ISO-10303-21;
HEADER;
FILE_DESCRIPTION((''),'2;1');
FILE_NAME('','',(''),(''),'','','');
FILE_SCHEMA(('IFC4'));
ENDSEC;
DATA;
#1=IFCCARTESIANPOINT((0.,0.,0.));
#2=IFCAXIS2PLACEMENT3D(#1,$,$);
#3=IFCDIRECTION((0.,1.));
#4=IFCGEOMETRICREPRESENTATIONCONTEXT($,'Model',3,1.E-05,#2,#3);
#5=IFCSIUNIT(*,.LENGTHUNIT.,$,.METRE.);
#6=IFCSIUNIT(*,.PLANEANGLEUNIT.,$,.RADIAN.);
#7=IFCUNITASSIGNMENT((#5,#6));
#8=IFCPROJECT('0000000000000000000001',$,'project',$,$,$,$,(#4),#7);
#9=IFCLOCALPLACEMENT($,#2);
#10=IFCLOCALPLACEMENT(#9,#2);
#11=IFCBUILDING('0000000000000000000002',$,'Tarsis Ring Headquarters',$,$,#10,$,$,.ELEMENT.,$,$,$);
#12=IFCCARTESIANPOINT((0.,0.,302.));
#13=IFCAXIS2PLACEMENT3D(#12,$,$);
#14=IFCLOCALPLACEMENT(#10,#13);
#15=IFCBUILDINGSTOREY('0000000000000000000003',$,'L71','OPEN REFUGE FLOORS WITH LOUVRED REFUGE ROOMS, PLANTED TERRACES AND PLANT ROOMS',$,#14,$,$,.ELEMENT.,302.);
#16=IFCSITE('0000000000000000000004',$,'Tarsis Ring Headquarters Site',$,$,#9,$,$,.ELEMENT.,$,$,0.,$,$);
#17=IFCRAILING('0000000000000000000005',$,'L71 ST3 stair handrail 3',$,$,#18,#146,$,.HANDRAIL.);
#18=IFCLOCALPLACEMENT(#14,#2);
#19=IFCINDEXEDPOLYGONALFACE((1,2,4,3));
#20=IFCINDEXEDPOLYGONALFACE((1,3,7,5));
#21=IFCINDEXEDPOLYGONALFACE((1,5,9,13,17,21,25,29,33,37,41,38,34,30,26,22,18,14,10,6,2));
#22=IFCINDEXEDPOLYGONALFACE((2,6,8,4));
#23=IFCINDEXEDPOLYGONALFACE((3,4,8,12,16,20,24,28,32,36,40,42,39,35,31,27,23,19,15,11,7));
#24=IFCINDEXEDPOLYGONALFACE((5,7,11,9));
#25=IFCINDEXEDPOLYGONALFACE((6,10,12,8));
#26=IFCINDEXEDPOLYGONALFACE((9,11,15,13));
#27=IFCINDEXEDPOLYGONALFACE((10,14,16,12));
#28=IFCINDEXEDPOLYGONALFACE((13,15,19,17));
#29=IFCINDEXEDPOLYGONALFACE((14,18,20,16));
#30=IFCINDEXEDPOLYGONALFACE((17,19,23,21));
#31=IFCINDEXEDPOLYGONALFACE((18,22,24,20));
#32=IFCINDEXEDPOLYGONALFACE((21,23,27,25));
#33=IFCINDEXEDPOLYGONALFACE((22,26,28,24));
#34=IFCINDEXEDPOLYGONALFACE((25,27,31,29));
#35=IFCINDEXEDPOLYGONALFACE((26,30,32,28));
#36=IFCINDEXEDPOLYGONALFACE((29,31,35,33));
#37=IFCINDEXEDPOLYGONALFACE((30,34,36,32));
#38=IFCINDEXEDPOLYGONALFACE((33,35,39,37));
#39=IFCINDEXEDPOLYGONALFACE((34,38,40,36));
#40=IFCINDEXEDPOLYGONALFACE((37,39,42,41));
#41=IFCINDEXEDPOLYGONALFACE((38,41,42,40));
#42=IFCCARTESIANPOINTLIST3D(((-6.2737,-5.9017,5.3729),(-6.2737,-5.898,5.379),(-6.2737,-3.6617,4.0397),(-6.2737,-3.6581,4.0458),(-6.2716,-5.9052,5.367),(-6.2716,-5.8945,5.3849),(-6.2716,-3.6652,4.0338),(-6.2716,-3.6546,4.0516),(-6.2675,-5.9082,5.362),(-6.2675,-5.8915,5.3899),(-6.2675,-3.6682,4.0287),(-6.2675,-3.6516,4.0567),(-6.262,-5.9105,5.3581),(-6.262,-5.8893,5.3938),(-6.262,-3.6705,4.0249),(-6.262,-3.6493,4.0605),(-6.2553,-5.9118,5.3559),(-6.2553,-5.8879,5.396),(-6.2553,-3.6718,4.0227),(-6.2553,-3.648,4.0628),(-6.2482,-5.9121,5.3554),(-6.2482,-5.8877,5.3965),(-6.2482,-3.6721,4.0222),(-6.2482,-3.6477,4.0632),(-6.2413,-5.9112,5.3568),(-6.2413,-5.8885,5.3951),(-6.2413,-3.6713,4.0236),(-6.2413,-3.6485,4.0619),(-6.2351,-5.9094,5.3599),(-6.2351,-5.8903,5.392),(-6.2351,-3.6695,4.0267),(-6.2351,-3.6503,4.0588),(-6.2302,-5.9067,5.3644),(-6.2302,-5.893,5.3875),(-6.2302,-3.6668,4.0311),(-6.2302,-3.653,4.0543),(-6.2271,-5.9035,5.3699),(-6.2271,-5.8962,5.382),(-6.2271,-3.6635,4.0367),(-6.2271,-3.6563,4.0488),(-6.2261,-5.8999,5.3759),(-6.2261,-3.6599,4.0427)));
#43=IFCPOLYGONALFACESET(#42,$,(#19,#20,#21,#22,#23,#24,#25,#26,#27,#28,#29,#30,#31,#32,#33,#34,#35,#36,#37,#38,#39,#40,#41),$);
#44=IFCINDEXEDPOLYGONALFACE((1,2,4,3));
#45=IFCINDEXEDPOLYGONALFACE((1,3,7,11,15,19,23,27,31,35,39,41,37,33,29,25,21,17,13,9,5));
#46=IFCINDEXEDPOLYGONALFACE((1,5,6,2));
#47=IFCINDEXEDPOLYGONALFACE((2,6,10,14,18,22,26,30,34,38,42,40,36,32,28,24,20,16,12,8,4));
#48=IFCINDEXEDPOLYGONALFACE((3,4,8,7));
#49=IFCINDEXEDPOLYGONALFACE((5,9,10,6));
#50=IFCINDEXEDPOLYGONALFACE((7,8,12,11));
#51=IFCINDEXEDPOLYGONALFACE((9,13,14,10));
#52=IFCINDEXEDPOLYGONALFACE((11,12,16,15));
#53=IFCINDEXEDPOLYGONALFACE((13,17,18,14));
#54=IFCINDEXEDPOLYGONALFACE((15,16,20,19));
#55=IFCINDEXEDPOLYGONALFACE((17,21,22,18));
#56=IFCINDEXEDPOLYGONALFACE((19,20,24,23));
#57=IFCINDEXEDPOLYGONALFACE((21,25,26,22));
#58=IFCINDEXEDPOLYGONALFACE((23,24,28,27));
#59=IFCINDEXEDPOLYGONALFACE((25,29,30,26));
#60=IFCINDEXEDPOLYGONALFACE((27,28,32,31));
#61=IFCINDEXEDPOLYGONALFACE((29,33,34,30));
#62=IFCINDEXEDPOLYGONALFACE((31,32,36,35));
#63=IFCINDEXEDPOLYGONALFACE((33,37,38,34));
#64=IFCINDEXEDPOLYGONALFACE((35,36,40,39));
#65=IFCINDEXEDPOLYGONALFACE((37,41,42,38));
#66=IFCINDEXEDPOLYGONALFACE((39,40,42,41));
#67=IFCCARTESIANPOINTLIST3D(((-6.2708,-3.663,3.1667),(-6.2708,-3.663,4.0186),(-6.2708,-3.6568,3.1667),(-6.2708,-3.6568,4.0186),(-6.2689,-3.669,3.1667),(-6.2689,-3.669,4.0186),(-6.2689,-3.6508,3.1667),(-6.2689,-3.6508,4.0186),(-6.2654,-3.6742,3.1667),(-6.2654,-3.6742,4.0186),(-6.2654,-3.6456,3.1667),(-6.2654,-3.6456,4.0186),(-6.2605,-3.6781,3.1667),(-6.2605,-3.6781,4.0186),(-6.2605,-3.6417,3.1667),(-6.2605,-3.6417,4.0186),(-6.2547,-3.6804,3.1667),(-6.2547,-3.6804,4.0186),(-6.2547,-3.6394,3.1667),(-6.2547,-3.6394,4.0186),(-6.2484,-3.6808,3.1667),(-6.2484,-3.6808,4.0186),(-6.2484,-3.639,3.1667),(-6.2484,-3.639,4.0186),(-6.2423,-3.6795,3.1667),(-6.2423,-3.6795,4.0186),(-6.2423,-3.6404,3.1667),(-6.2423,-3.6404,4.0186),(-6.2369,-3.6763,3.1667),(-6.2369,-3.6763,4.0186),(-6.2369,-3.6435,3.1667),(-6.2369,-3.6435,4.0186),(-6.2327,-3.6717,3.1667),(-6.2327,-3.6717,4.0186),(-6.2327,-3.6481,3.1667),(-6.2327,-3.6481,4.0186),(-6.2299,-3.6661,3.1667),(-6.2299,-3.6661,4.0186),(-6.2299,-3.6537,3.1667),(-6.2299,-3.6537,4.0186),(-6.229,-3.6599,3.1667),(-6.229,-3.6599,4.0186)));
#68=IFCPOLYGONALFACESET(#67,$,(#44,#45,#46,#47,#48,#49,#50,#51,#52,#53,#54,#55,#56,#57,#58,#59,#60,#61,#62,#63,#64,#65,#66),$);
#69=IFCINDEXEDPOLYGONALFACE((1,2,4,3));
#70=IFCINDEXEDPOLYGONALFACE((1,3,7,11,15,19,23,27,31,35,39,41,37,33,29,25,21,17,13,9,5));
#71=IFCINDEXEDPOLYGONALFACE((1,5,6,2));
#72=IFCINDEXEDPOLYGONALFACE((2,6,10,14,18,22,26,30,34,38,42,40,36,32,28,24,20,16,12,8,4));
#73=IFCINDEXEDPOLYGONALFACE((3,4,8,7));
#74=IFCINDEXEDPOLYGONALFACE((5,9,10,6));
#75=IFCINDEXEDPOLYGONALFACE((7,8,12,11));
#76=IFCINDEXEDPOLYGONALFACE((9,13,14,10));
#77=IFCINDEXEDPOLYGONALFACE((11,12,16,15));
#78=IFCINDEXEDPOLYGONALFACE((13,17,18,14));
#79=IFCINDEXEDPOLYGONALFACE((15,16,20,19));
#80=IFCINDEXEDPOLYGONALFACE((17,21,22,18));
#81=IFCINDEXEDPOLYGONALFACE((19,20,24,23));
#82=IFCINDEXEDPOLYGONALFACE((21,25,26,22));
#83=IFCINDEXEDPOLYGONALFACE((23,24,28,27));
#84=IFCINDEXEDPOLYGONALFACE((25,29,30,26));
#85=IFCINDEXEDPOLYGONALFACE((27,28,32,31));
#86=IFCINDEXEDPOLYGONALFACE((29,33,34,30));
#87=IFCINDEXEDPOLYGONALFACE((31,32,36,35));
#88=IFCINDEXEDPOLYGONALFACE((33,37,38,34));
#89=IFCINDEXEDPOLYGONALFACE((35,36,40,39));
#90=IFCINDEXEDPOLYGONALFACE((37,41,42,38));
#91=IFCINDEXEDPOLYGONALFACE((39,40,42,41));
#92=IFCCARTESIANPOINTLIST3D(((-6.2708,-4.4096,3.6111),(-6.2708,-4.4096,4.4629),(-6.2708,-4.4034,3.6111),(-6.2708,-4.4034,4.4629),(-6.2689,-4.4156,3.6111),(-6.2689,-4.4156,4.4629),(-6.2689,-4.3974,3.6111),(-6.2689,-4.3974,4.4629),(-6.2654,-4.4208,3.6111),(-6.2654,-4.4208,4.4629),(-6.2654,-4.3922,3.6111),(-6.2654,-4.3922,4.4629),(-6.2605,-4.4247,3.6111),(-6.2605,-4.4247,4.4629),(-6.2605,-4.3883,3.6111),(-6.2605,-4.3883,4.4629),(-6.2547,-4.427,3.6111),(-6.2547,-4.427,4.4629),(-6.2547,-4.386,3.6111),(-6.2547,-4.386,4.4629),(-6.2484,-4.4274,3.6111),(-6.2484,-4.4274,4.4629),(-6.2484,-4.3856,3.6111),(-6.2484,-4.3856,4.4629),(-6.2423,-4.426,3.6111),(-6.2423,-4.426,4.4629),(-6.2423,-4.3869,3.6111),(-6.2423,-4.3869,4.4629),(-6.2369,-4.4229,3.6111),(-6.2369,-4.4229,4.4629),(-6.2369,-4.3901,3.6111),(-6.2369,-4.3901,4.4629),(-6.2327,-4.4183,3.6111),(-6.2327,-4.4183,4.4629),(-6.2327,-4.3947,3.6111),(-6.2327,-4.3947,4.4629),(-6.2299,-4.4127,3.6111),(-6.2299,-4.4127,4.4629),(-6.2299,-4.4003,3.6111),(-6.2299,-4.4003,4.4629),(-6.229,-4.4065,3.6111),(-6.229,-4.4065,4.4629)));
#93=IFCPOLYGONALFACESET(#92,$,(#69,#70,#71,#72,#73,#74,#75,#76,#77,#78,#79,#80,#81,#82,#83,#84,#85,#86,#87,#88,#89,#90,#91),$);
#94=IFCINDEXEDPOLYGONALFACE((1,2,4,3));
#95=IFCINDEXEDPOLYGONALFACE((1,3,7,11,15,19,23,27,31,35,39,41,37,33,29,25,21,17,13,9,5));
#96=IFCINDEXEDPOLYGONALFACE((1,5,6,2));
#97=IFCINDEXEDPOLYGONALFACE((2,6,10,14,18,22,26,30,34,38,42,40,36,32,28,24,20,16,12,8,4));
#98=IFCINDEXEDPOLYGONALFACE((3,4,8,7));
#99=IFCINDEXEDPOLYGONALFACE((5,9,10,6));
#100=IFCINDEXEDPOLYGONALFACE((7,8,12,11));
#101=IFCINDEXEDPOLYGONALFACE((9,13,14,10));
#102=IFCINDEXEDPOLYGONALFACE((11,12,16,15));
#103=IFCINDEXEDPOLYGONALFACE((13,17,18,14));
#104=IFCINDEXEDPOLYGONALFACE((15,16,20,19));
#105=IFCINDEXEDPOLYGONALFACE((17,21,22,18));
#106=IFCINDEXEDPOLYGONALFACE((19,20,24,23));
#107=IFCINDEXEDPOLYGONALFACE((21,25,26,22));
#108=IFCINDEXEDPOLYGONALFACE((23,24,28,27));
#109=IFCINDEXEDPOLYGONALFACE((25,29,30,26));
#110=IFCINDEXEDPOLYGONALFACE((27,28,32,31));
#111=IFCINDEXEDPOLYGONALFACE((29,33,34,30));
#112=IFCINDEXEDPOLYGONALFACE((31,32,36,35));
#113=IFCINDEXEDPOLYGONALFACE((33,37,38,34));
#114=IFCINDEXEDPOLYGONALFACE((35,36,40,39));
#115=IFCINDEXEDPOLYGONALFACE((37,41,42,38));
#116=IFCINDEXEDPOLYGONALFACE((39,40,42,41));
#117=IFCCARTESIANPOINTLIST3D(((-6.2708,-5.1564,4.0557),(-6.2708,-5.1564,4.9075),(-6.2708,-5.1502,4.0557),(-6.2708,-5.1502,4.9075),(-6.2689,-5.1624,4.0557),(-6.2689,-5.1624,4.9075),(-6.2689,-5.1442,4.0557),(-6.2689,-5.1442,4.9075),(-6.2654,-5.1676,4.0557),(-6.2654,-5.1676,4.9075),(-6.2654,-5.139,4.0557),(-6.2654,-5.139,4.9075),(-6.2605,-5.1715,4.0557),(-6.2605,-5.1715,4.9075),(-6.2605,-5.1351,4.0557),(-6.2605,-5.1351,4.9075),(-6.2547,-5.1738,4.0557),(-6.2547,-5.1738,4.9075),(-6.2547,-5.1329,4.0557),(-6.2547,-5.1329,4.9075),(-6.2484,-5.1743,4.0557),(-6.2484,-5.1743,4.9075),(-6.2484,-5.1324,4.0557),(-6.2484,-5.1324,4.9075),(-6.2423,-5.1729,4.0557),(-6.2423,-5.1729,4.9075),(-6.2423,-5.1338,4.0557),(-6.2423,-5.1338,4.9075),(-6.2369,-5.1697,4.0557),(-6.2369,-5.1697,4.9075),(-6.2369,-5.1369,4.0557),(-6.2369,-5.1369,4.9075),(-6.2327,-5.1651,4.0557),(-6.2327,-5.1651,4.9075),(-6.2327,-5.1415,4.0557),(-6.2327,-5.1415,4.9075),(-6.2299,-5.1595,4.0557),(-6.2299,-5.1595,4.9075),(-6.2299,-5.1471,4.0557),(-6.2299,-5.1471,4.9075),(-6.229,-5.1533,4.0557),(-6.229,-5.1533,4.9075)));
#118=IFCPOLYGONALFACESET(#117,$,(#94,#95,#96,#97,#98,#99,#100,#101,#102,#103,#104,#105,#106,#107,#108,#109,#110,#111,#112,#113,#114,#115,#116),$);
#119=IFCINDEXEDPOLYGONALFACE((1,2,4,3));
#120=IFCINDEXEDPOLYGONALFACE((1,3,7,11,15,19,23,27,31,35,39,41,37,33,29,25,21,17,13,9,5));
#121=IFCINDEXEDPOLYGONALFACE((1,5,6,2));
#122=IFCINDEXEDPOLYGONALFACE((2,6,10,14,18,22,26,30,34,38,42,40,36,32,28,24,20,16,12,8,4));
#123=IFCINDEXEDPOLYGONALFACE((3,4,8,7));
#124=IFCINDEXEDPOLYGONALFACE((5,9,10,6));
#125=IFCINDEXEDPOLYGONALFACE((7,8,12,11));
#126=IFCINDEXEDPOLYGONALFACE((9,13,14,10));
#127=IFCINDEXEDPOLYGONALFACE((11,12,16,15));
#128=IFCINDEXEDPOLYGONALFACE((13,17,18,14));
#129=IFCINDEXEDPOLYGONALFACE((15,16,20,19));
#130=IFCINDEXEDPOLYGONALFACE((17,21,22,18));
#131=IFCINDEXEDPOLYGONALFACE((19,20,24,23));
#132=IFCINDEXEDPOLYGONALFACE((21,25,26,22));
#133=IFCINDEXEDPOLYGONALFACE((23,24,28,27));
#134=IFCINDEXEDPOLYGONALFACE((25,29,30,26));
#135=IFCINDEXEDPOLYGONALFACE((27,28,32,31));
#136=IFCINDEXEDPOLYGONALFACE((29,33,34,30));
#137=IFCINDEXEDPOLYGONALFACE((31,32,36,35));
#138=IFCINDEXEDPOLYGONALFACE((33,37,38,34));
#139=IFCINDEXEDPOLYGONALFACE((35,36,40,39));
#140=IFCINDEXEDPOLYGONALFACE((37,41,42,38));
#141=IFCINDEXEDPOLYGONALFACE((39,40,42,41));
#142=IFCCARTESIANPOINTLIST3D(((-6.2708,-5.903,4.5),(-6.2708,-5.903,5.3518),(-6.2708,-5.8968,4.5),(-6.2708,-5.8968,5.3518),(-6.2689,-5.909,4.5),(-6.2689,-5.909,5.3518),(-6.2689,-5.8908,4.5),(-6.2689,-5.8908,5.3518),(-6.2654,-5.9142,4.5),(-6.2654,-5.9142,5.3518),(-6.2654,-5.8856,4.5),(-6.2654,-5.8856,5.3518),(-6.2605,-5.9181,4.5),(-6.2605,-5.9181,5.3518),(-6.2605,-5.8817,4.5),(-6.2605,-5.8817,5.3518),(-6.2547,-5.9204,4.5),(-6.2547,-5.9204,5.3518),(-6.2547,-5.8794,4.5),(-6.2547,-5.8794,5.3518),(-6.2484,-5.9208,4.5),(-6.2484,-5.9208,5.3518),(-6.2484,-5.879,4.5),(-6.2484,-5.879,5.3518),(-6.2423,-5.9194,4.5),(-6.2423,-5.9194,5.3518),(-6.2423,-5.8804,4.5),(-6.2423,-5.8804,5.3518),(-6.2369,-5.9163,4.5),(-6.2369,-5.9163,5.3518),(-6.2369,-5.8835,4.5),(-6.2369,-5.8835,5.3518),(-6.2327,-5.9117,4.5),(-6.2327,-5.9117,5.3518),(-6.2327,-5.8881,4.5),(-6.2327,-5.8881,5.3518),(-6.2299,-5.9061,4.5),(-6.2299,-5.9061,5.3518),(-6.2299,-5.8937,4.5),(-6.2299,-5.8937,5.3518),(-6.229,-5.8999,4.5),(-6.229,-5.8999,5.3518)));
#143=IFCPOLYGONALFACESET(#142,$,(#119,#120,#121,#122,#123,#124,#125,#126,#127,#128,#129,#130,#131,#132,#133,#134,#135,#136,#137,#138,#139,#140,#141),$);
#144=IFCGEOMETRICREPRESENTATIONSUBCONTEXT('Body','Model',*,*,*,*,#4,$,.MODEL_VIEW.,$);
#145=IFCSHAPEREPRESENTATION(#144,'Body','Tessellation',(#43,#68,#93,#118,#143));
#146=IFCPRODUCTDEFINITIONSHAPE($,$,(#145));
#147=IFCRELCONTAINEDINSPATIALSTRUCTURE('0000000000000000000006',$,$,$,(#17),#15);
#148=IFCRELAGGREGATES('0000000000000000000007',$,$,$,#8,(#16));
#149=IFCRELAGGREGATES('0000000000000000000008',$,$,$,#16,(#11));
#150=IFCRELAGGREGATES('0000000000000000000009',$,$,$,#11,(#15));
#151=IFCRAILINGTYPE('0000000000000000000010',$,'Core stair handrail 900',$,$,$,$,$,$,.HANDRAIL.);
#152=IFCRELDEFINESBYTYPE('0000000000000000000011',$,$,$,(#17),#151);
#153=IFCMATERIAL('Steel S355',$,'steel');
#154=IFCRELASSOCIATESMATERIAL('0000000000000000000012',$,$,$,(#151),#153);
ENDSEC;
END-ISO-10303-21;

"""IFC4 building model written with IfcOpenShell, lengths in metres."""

from ifc_helpers import new_model, si_unit, direction, frame, origin, origin_2d, place, context, subcontext, project, spatial, circle, extrude, material, type_object, element, save


model = new_model("IFC4")

# Units and contexts
model_context = context("Model", 3, precision=1e-05, world=origin(), true_north=direction((0.0, 1.0)))
body_context = subcontext(model_context, "Body", "Model", "MODEL_VIEW")
ifc_project = project(units=[si_unit("LENGTHUNIT", "METRE"), si_unit("PLANEANGLEUNIT", "RADIAN")], contexts=[model_context])

# Site, building, storey
site_placement = place(None, origin())
site = spatial("IfcSite", under=ifc_project, at=site_placement, Name="Tarsis Ring Headquarters Site", CompositionType="ELEMENT", RefElevation=0.0)
building_placement = place(site_placement, origin())
building = spatial("IfcBuilding", under=site, at=building_placement, Name="Tarsis Ring Headquarters", CompositionType="ELEMENT")
storey_placement = place(building_placement, frame((0.0, 0.0, 302.0)))
storey = spatial("IfcBuildingStorey", under=building, at=storey_placement, Name="L71", Description="OPEN REFUGE FLOORS WITH LOUVRED REFUGE ROOMS, PLANTED TERRACES AND PLANT ROOMS", CompositionType="ELEMENT", Elevation=302.0)

# Railing
ifc_material_1 = material(Name="Steel S355", Category="steel")
railing_type_1 = type_object("IfcRailingType", Name="Core stair handrail 900", PredefinedType="HANDRAIL", material=ifc_material_1)
railing_1_placement = place(storey_placement, frame((-6.25, -3.6599, 3.1667)))
element("IfcRailing", 1, at=railing_1_placement, inside=storey, type_object=railing_type_1, Name="L71 ST3 stair handrail 3", PredefinedType="HANDRAIL", context=body_context, shape_type="SweptSolid", body=[
    extrude(circle(Radius=0.0239, at=origin_2d()), frame((0.0, 0.0, 0.876), z_axis=(0.0, -0.859306, 0.511462), x_axis=(1.0, 0.0, 0.0)), (0.0, 0.0, 1.0), 2.6067),
    extrude(circle(Radius=0.021, at=origin_2d()), origin(), (0.0, 0.0, 1.0), 0.8518),
    extrude(circle(Radius=0.021, at=origin_2d()), frame((0.0, -0.7466, 0.4443)), (0.0, 0.0, 1.0), 0.8518),
    extrude(circle(Radius=0.021, at=origin_2d()), frame((0.0, -1.4934, 0.8889)), (0.0, 0.0, 1.0), 0.8518),
    extrude(circle(Radius=0.021, at=origin_2d()), frame((0.0, -2.24, 1.3333)), (0.0, 0.0, 1.0), 0.8518),
])

save(model, "model.ifc")
